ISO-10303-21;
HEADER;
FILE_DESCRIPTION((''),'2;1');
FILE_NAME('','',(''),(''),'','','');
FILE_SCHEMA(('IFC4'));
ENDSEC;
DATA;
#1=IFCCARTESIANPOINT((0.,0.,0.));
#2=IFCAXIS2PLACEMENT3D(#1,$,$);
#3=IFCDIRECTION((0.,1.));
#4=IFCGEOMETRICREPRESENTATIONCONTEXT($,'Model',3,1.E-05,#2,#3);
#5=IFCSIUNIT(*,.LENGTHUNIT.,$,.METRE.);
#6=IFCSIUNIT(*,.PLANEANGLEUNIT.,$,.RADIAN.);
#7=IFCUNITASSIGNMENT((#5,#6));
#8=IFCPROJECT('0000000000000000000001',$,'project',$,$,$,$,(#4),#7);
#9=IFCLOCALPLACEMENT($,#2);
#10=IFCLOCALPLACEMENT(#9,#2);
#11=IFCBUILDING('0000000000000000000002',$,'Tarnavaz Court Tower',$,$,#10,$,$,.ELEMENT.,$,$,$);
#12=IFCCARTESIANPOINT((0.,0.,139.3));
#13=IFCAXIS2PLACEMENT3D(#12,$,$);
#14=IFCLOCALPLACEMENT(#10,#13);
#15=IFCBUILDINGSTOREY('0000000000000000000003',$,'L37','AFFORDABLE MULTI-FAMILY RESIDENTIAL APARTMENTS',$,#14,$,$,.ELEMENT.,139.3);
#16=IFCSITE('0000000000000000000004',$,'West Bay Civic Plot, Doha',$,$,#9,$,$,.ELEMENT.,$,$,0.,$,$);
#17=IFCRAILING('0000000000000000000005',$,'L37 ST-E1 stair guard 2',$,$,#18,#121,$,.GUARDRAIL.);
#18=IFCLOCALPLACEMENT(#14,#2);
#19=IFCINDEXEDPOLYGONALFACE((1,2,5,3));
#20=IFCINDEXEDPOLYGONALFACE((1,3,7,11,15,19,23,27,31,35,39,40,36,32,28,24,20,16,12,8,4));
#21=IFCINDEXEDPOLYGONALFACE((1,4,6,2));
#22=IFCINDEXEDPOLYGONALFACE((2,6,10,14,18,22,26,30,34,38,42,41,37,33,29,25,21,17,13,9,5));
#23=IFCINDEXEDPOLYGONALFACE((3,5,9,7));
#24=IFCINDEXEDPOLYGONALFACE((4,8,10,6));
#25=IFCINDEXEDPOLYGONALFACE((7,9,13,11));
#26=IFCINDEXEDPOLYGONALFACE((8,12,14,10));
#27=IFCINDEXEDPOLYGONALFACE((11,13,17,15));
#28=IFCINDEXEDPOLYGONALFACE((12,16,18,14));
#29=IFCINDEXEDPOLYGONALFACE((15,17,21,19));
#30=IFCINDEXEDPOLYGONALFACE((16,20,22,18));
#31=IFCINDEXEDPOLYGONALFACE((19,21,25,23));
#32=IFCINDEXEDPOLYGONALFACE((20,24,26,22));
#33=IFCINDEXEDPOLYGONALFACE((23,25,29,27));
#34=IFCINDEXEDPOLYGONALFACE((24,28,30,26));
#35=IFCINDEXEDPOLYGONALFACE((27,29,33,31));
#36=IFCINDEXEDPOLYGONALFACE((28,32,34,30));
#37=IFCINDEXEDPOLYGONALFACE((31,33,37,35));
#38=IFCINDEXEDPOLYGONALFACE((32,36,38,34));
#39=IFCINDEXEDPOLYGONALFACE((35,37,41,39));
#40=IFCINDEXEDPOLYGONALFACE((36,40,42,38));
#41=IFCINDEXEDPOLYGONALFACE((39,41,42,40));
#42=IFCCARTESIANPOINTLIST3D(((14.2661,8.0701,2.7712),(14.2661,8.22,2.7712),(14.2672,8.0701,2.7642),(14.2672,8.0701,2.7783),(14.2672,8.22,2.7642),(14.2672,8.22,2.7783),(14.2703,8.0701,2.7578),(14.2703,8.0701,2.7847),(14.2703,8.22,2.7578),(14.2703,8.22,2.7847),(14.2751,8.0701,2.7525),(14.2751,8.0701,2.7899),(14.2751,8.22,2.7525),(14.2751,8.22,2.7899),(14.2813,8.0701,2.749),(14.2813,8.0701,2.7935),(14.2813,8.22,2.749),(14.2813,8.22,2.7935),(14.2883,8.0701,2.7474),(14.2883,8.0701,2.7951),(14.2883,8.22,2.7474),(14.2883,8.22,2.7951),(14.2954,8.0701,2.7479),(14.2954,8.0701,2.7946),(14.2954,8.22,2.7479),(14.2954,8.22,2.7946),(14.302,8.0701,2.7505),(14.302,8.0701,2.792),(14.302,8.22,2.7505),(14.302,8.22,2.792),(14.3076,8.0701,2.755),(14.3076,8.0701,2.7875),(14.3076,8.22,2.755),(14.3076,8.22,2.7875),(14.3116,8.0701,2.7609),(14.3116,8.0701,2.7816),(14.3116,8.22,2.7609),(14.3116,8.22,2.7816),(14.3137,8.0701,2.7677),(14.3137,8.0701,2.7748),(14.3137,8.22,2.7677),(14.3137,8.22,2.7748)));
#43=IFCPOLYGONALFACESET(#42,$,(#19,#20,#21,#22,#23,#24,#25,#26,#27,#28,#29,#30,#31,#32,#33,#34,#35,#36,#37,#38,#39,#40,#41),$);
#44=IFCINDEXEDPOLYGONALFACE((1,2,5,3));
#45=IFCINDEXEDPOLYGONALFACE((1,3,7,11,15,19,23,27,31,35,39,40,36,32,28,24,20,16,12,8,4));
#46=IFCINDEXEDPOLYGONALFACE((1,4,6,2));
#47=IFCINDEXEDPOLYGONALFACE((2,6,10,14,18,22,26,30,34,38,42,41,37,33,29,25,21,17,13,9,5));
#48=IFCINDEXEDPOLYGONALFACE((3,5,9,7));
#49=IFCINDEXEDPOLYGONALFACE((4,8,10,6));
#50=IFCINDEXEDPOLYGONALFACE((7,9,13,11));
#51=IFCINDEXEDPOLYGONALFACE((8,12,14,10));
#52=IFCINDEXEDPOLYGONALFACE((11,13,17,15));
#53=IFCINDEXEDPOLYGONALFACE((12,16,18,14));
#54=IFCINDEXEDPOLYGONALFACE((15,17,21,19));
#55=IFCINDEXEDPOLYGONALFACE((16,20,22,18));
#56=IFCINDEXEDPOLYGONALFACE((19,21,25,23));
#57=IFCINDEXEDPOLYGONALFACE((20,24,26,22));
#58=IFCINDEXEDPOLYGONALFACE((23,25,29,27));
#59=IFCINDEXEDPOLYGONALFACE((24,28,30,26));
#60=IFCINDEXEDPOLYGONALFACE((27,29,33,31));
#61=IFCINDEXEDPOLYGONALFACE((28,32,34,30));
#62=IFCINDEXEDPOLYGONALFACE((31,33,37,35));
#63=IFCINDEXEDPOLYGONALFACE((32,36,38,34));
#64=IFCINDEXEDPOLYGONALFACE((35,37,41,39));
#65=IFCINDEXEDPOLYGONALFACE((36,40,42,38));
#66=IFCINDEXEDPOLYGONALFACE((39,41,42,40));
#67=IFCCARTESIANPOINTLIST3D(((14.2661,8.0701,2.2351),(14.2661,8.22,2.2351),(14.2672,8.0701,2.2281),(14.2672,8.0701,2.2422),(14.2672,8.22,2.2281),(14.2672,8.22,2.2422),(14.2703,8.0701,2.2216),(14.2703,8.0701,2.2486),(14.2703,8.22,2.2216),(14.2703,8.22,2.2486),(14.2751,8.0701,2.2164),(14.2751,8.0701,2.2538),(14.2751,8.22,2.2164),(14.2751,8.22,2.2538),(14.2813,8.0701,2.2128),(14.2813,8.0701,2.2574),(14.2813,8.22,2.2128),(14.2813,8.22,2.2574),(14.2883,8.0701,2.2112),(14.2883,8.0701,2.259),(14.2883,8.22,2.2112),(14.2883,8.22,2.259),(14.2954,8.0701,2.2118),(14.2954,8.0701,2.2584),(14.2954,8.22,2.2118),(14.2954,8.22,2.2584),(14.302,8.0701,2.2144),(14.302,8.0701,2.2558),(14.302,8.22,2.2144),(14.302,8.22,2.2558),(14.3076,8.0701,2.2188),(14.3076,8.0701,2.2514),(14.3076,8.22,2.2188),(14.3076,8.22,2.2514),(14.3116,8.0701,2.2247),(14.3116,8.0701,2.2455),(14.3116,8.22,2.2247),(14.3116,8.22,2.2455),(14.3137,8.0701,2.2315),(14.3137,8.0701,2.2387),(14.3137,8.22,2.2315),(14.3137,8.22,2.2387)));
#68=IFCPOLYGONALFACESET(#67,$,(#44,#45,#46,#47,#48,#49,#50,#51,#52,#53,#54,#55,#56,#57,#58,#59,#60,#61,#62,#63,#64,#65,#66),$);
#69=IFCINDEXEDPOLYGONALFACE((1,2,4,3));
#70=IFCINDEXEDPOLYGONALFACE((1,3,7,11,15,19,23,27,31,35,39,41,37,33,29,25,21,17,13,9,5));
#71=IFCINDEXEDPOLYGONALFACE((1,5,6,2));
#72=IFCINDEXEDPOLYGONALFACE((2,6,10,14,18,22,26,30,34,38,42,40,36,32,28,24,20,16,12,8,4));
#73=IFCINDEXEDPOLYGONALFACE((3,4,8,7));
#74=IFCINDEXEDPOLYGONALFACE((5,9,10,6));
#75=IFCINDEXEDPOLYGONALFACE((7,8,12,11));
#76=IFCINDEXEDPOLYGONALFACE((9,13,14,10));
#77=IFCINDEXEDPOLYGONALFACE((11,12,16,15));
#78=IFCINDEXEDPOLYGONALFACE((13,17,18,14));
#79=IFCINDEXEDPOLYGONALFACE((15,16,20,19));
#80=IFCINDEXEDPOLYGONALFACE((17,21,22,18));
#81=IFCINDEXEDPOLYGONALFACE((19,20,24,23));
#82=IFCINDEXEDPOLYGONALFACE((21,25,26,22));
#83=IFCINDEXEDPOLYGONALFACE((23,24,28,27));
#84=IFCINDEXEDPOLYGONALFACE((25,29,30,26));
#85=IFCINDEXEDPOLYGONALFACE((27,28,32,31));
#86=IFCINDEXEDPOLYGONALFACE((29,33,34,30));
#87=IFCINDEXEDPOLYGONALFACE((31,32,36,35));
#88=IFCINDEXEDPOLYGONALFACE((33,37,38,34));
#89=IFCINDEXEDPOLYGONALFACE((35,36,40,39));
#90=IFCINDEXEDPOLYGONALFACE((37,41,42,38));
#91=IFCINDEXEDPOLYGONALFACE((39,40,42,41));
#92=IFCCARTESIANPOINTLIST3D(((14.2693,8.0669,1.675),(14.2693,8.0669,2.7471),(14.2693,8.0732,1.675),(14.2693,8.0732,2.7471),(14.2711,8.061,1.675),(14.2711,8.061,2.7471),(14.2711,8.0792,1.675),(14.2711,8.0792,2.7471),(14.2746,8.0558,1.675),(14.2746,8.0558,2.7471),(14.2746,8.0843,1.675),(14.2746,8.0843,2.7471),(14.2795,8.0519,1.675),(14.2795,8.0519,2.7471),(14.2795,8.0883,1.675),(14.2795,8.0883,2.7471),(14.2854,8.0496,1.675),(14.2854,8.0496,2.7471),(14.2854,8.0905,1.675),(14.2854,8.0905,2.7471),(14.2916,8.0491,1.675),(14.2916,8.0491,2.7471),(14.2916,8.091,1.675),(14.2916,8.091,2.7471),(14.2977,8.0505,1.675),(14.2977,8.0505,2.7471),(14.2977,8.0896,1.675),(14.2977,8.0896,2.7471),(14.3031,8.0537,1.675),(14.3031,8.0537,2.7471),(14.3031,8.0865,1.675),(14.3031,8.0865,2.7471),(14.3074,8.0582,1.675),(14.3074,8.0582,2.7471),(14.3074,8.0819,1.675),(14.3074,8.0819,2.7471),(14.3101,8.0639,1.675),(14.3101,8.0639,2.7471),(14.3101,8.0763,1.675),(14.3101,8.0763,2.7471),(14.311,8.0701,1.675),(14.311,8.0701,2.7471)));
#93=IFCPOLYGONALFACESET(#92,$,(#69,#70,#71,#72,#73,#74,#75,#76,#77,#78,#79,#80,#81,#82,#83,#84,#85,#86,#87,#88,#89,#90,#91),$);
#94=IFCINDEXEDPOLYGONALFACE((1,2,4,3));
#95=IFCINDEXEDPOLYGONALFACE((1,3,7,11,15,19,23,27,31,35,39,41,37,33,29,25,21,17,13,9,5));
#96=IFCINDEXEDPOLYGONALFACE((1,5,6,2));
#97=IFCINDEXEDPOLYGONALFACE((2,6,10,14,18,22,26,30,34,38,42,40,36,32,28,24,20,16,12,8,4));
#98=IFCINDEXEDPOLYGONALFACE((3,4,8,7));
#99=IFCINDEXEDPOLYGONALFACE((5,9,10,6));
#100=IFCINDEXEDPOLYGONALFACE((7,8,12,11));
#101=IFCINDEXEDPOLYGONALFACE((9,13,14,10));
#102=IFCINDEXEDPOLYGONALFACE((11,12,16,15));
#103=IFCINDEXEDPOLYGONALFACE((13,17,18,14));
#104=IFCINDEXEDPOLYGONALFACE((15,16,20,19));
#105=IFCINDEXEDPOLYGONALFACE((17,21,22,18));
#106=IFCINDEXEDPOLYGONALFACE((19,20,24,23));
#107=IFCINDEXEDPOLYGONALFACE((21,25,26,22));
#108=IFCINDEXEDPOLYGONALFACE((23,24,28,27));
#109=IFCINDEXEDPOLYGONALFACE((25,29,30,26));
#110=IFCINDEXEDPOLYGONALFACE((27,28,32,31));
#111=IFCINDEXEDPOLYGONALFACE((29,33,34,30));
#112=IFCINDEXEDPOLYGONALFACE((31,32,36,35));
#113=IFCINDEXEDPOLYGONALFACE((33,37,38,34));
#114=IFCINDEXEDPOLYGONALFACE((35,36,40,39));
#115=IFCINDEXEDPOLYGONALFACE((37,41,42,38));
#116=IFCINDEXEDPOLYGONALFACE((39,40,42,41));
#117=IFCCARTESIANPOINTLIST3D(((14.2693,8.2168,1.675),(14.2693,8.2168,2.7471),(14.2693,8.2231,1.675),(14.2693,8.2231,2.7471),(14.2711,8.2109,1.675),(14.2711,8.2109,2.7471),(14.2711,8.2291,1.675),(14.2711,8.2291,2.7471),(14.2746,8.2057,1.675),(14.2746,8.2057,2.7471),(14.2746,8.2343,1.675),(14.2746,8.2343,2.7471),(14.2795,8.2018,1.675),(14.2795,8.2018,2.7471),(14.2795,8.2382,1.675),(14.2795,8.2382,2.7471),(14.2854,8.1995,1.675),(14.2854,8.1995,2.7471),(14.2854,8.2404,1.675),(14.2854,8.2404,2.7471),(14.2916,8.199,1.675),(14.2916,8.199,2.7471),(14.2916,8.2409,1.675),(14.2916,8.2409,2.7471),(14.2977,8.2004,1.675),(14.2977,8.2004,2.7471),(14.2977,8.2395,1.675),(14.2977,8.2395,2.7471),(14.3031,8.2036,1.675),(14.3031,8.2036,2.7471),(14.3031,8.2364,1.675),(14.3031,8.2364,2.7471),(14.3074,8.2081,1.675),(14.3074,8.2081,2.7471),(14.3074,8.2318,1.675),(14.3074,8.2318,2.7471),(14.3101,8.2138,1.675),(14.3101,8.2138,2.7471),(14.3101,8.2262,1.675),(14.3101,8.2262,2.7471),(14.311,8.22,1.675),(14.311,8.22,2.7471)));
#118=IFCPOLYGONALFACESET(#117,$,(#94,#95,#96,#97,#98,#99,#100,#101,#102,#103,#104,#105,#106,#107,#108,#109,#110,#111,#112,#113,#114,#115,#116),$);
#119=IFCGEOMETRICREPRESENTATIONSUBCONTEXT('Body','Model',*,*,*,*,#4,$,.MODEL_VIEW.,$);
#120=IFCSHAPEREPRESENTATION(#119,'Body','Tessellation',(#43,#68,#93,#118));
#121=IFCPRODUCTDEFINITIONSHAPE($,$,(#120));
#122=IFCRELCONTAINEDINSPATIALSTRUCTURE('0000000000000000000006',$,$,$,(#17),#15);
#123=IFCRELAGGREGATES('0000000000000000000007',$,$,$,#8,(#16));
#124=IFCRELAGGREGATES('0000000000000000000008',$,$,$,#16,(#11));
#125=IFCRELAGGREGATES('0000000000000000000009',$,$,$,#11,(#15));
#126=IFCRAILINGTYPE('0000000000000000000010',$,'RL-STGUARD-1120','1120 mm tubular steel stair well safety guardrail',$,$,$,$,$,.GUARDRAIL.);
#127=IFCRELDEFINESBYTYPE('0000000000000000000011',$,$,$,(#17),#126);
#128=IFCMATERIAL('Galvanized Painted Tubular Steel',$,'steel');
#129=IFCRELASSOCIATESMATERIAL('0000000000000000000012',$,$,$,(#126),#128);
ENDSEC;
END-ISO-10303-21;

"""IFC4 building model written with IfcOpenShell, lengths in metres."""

from ifc_helpers import new_model, si_unit, direction, frame, origin, origin_2d, place, context, subcontext, project, spatial, circle, extrude, material, type_object, element, save


model = new_model("IFC4")

# Units and contexts
model_context = context("Model", 3, precision=1e-05, world=origin(), true_north=direction((0.0, 1.0)))
body_context = subcontext(model_context, "Body", "Model", "MODEL_VIEW")
ifc_project = project(units=[si_unit("LENGTHUNIT", "METRE"), si_unit("PLANEANGLEUNIT", "RADIAN")], contexts=[model_context])

# Site, building, storey
site_placement = place(None, origin())
site = spatial("IfcSite", under=ifc_project, at=site_placement, Name="West Bay Civic Plot, Doha", CompositionType="ELEMENT", RefElevation=0.0)
building_placement = place(site_placement, origin())
building = spatial("IfcBuilding", under=site, at=building_placement, Name="Tarnavaz Court Tower", CompositionType="ELEMENT")
storey_placement = place(building_placement, frame((0.0, 0.0, 139.3)))
storey = spatial("IfcBuildingStorey", under=building, at=storey_placement, Name="L37", Description="AFFORDABLE MULTI-FAMILY RESIDENTIAL APARTMENTS", CompositionType="ELEMENT", Elevation=139.3)

# Railing
ifc_material_1 = material(Name="Galvanized Painted Tubular Steel", Category="steel")
railing_type_1 = type_object("IfcRailingType", Name="RL-STGUARD-1120", Description="1120 mm tubular steel stair well safety guardrail", PredefinedType="GUARDRAIL", material=ifc_material_1)
for number, where, name in (
    (1, (14.29, 8.0701, 1.675), "L37 ST-E1 stair guard 2"),
):
    element("IfcRailing", number, at=place(storey_placement, frame(where)), inside=storey, type_object=railing_type_1, Name=name, PredefinedType="GUARDRAIL", context=body_context, shape_type="SweptSolid", body=[
        extrude(circle(Radius=0.0239, at=origin_2d()), frame((0.0, 0.0, 1.0962), z_axis=(0.0, 1.0, 0.0), x_axis=(-1.0, 0.0, 0.0)), (0.0, 0.0, 1.0), 0.1499),
        extrude(circle(Radius=0.0239, at=origin_2d()), frame((0.0, 0.0, 0.5601), z_axis=(0.0, 1.0, 0.0), x_axis=(-1.0, 0.0, 0.0)), (0.0, 0.0, 1.0), 0.1499),
        extrude(circle(Radius=0.021, at=origin_2d()), origin(), (0.0, 0.0, 1.0), 1.072),
        extrude(circle(Radius=0.021, at=origin_2d()), frame((0.0, 0.1499, 0.0)), (0.0, 0.0, 1.0), 1.072),
    ])

save(model, "model.ifc")
